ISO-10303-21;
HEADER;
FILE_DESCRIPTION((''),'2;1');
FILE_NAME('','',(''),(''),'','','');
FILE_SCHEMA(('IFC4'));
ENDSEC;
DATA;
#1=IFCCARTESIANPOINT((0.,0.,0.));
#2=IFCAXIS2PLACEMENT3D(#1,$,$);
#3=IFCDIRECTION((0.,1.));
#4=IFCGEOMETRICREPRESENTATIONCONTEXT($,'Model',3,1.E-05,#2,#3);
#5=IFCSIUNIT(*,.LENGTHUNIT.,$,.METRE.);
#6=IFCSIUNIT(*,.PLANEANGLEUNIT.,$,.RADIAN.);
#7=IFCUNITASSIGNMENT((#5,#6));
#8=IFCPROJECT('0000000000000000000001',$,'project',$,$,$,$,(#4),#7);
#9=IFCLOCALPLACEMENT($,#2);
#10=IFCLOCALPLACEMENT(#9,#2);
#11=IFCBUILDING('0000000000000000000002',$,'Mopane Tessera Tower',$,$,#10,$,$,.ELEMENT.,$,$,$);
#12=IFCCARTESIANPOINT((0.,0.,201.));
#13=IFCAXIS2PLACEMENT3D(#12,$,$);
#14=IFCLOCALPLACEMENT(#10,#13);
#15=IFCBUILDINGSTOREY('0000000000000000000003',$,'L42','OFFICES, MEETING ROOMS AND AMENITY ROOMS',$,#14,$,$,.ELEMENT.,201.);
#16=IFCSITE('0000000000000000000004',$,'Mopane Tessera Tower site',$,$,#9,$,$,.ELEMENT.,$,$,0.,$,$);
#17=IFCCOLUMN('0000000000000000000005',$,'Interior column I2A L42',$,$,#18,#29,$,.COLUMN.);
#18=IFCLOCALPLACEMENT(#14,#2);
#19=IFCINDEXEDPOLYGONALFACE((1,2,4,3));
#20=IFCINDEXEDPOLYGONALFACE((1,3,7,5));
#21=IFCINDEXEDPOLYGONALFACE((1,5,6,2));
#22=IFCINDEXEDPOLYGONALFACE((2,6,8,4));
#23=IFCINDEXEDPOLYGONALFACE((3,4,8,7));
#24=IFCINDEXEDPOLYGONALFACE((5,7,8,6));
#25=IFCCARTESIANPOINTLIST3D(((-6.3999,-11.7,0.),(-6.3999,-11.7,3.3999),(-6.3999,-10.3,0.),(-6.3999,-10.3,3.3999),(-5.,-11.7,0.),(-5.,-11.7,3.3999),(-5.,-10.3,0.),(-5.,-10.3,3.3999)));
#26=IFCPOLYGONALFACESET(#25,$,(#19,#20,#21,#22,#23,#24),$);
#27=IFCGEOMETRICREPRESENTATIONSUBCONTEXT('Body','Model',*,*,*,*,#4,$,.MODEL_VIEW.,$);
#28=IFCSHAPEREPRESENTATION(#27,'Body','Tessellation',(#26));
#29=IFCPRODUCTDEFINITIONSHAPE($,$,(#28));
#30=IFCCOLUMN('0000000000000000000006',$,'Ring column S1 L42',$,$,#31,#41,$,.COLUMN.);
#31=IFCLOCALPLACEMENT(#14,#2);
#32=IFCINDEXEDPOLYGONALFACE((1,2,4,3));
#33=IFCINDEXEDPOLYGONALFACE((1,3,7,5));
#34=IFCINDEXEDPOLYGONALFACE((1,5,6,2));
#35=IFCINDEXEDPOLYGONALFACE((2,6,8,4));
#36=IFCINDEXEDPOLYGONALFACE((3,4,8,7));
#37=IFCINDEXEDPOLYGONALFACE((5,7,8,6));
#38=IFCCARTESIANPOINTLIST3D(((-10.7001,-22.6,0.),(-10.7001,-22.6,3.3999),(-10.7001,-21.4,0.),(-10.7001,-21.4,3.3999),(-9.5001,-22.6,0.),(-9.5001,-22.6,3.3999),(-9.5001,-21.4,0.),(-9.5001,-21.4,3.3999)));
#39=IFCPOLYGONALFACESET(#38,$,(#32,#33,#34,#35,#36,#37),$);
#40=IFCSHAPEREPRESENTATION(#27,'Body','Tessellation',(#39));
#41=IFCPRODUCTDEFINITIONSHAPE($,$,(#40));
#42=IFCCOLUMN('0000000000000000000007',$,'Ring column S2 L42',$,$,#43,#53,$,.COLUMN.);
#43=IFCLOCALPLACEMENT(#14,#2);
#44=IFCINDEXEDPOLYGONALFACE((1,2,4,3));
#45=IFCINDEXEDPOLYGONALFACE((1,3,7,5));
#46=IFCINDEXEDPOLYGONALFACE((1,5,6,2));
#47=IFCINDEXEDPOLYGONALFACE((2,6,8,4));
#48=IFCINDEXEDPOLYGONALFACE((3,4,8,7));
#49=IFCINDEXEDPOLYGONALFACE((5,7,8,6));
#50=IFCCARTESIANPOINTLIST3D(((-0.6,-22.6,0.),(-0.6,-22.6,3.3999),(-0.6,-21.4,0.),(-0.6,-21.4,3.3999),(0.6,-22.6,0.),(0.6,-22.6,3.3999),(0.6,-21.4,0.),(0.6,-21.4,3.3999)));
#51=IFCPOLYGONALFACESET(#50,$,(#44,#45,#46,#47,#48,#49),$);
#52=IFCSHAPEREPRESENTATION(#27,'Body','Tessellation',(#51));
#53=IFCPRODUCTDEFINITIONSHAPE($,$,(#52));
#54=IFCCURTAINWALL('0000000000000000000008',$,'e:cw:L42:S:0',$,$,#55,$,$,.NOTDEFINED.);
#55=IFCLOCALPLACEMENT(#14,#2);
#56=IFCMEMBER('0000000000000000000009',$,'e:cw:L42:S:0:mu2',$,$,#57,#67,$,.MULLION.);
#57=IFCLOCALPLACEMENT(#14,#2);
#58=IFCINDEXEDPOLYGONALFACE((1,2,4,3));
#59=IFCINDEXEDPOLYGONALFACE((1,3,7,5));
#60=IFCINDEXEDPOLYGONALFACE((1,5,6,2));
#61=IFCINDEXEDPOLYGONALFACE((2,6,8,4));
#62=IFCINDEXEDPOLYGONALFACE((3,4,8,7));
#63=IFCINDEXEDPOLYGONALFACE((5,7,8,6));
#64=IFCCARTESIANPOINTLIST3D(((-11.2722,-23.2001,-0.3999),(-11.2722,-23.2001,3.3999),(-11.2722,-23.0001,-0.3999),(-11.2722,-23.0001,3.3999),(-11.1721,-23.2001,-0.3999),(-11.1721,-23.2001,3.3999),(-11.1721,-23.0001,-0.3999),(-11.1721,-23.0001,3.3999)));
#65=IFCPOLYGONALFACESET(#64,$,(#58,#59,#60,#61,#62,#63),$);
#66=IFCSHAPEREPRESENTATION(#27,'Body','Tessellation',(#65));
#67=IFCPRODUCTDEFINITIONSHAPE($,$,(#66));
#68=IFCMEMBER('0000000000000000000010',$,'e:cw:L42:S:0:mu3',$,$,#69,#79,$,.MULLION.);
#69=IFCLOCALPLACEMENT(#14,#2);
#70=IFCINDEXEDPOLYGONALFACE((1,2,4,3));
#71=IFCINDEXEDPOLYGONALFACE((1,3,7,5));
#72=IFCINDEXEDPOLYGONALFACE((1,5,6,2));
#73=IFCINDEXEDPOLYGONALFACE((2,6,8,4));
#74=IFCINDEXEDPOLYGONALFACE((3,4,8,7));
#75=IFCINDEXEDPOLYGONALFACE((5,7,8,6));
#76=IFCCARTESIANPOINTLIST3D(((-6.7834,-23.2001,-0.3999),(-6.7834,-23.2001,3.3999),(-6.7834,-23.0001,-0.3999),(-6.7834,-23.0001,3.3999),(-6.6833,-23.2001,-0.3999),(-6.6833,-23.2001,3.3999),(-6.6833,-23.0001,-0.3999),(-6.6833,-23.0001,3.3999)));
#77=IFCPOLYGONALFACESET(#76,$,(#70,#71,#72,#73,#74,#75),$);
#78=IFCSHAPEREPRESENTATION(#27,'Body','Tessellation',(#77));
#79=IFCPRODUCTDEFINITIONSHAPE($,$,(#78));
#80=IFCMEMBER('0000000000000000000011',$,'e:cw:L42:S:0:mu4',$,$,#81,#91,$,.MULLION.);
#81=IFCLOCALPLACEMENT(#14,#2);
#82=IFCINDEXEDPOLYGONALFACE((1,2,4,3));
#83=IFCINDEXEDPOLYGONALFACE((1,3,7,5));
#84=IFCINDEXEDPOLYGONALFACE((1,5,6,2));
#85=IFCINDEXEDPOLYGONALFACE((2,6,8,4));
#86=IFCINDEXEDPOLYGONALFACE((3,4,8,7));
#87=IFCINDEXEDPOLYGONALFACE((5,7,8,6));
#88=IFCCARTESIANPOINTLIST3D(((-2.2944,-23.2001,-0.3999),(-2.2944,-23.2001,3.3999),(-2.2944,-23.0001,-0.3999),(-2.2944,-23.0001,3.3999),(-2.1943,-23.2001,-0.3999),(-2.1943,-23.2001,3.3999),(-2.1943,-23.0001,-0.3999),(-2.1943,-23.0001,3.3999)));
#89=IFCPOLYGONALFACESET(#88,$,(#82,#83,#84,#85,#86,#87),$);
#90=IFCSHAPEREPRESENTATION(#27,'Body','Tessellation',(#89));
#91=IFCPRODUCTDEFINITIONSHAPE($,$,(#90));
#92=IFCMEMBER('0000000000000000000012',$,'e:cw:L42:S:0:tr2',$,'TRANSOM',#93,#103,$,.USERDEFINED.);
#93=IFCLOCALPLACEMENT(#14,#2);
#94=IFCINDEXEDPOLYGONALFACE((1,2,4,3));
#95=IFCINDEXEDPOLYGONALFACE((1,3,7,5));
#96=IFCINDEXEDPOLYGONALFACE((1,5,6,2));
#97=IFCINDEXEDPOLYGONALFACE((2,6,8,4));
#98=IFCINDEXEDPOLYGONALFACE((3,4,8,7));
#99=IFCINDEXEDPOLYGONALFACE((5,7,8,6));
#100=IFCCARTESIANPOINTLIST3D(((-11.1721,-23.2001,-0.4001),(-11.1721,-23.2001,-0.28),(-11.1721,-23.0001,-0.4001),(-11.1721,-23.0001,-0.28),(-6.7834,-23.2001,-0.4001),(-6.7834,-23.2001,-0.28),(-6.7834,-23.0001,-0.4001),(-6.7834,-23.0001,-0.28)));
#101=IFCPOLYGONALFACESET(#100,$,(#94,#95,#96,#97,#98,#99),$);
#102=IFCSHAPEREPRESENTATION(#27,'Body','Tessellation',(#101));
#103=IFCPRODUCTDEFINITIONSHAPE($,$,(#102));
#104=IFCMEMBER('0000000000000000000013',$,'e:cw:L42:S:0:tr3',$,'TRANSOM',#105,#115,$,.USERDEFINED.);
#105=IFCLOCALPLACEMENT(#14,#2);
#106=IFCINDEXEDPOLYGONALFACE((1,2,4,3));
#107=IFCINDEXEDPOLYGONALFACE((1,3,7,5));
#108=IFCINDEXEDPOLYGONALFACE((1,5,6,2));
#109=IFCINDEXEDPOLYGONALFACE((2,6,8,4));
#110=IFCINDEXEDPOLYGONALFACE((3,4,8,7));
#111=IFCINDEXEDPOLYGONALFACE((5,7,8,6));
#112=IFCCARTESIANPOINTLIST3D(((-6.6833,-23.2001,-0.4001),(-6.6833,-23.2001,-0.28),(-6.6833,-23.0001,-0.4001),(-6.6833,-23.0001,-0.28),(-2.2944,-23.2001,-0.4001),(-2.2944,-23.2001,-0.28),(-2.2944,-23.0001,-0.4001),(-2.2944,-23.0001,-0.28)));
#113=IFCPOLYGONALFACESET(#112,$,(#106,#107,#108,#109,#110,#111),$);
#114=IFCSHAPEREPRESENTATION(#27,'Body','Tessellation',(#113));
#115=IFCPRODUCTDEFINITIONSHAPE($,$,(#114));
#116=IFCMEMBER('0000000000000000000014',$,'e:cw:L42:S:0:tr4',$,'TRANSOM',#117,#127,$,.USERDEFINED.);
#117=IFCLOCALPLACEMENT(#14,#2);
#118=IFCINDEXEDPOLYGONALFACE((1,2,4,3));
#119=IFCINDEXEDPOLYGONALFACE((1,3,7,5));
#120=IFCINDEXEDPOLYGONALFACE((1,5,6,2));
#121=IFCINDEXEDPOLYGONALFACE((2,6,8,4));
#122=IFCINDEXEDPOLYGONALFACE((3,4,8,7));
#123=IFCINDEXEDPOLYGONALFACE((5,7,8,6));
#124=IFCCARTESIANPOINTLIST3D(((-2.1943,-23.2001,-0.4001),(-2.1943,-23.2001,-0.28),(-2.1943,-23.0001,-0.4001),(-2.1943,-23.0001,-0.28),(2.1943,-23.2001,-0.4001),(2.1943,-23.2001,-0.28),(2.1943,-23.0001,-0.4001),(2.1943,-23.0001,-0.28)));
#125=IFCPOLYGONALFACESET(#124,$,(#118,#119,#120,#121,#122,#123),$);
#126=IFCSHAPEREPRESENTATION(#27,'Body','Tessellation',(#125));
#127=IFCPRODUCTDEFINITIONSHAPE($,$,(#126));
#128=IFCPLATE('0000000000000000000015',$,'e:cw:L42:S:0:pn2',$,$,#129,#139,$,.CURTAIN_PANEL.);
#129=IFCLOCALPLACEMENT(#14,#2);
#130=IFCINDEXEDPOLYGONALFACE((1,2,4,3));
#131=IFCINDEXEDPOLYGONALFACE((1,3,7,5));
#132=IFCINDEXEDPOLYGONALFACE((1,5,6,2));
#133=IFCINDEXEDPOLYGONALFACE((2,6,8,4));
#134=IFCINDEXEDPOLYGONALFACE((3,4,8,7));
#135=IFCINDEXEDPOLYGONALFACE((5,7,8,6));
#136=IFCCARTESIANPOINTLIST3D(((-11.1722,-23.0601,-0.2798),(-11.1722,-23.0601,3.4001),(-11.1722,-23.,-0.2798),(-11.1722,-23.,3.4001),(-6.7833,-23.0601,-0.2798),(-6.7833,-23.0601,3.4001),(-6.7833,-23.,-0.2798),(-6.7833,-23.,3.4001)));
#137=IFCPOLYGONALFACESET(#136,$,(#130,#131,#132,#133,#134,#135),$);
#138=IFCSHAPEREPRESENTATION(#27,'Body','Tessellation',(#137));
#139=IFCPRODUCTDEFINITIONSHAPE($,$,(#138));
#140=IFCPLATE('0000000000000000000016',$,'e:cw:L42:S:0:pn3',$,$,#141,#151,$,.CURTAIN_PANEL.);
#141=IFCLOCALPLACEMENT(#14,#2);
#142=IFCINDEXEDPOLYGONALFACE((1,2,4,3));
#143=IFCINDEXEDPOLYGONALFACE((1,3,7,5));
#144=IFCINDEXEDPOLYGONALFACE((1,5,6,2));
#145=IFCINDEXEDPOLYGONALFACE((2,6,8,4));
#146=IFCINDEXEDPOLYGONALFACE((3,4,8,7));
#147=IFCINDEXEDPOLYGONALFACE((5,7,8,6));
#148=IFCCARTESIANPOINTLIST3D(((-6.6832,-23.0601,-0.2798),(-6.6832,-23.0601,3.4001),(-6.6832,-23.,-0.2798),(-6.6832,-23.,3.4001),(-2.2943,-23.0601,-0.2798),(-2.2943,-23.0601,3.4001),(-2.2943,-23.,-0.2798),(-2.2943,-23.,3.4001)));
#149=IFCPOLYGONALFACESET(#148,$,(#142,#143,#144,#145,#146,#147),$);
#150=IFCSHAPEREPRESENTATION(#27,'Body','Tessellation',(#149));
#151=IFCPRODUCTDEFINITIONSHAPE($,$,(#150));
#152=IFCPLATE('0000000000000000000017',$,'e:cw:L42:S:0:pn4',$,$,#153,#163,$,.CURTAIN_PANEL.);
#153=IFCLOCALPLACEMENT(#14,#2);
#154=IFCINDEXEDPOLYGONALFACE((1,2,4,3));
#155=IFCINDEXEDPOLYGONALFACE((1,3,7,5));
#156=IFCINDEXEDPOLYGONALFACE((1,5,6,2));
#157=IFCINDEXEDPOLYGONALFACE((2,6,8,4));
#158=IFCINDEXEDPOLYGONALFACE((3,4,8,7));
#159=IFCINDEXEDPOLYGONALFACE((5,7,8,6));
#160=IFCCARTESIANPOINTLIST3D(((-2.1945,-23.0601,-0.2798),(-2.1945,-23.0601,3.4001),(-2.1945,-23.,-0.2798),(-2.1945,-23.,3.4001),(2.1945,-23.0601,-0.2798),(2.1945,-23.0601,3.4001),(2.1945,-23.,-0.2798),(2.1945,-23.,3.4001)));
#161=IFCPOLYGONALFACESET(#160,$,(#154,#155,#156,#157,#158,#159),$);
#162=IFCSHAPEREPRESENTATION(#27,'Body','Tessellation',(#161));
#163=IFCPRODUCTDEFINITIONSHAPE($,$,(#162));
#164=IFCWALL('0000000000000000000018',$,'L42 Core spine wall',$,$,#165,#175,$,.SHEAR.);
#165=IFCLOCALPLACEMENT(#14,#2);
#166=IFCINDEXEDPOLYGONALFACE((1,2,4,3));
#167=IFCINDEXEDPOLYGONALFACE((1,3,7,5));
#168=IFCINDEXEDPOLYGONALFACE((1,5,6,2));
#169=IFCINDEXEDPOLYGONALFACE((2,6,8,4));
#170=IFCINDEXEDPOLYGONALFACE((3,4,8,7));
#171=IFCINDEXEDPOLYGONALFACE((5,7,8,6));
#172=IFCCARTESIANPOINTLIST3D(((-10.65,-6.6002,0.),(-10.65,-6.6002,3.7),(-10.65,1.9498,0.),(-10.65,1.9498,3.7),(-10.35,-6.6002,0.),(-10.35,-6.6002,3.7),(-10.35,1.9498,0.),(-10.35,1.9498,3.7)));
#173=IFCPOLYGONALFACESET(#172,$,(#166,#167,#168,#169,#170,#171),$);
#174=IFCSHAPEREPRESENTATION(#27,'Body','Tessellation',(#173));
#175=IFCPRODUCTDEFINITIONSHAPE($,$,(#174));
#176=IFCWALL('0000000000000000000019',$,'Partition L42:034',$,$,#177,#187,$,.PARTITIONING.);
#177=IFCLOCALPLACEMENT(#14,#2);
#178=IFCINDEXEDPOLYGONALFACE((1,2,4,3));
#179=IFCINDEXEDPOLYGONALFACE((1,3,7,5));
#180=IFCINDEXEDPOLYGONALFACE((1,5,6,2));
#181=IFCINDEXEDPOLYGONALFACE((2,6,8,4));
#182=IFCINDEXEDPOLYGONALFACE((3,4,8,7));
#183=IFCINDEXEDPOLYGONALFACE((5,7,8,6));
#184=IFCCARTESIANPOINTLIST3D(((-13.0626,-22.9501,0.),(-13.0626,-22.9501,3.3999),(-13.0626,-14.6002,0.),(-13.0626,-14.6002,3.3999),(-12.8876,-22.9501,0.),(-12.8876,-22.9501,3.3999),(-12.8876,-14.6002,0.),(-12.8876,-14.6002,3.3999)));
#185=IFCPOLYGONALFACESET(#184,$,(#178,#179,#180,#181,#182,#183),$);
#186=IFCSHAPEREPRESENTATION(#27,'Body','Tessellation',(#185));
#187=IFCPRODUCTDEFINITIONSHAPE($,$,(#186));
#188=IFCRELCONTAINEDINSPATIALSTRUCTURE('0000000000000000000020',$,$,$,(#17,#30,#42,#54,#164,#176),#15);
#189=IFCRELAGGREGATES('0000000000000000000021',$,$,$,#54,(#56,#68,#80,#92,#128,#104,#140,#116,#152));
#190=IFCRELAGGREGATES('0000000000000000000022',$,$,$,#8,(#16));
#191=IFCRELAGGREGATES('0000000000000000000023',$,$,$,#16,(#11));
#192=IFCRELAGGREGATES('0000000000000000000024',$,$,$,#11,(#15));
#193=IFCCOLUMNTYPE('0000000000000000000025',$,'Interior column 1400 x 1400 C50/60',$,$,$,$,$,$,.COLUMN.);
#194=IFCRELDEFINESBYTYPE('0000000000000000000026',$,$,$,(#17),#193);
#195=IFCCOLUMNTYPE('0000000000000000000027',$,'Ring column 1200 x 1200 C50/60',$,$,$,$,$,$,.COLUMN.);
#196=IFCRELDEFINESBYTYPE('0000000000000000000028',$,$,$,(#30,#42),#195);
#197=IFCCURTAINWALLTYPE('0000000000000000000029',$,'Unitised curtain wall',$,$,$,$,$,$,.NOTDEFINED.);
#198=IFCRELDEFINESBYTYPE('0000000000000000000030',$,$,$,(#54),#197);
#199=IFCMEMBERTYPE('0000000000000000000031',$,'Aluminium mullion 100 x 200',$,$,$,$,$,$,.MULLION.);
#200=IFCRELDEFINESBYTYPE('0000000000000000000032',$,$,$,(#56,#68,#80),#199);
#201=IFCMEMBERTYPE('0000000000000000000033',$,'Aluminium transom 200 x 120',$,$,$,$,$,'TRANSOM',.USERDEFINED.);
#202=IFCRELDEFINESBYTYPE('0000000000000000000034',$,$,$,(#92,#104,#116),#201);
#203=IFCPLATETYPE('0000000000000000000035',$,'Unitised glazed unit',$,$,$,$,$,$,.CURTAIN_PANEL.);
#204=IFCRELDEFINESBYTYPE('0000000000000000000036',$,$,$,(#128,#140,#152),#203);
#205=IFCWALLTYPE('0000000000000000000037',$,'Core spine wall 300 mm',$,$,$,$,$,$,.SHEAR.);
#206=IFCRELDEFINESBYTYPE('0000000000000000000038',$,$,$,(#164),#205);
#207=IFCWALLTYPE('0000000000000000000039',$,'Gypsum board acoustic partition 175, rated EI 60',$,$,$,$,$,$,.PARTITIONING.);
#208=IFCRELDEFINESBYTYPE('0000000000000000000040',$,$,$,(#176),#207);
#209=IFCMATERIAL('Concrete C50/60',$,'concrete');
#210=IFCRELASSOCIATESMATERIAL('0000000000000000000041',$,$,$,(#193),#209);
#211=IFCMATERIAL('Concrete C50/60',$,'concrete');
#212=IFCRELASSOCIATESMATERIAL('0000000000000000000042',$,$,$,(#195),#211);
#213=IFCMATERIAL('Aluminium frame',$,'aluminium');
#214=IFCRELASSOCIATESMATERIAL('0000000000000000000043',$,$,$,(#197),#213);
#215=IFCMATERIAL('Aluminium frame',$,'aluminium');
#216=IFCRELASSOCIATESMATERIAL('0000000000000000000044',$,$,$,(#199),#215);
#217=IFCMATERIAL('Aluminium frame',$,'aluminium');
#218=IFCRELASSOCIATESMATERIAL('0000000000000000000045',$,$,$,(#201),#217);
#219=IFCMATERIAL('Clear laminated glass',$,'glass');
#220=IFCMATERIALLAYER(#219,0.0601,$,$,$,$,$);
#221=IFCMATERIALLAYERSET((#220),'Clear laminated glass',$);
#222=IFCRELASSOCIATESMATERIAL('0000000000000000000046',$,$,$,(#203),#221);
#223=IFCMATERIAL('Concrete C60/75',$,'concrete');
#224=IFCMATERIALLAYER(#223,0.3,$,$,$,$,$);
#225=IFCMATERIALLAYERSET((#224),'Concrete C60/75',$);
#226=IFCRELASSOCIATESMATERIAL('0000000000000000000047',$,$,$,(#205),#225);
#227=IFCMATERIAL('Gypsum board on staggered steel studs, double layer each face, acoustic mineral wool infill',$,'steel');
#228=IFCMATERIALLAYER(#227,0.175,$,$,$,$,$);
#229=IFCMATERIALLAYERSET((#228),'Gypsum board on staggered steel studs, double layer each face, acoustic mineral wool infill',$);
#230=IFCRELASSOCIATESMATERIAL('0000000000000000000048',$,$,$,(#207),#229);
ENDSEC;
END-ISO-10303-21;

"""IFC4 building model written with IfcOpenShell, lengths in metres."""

from ifc_helpers import new_model, si_unit, direction, frame, frame_2d, origin, origin_2d, place, context, subcontext, project, spatial, rectangle, extrude, material, layer, layer_set, material_profile, profile_set, type_object, element, aggregate, save


model = new_model("IFC4")

# Units and contexts
model_context = context("Model", 3, precision=1e-05, world=origin(), true_north=direction((0.0, 1.0)))
body_context = subcontext(model_context, "Body", "Model", "MODEL_VIEW")
ifc_project = project(units=[si_unit("LENGTHUNIT", "METRE"), si_unit("PLANEANGLEUNIT", "RADIAN")], contexts=[model_context])

# Site, building, storey
site_placement = place(None, origin())
site = spatial("IfcSite", under=ifc_project, at=site_placement, Name="Mopane Tessera Tower site", CompositionType="ELEMENT", RefElevation=0.0)
building_placement = place(site_placement, origin())
building = spatial("IfcBuilding", under=site, at=building_placement, Name="Mopane Tessera Tower", CompositionType="ELEMENT")
storey_placement = place(building_placement, frame((0.0, 0.0, 201.0)))
storey = spatial("IfcBuildingStorey", under=building, at=storey_placement, Name="L42", Description="OFFICES, MEETING ROOMS AND AMENITY ROOMS", CompositionType="ELEMENT", Elevation=201.0)

# Columns
ifc_material_1 = material(Name="Concrete C50/60", Category="concrete")
ifc_material_profile_1 = material_profile(ifc_material_1, rectangle(XDim=1.3999, YDim=1.3999, at=origin_2d()))
ifc_profile_set_1 = profile_set([ifc_material_profile_1], Name="Concrete C50/60")
column_type_1 = type_object("IfcColumnType", Name="Interior column 1400 x 1400 C50/60", PredefinedType="COLUMN", material=ifc_profile_set_1)
column_placement = place(storey_placement, frame((-5.7, -11.0, 0.0), z_axis=(0.0, 0.0, 1.0), x_axis=(1.0, 0.0, 0.0)))
element("IfcColumn", 1, at=column_placement, inside=storey, type_object=column_type_1, Name="Interior column I2A L42", PredefinedType="COLUMN", context=body_context, shape_type="SweptSolid", body=[
    extrude(rectangle(XDim=1.3999, YDim=1.3999, at=origin_2d()), origin(), (0.0, 0.0, 1.0), 3.3999),
])
ifc_material_2 = material(Name="Concrete C50/60", Category="concrete")
ifc_material_profile_2 = material_profile(ifc_material_2, rectangle(XDim=1.2, YDim=1.2, at=origin_2d()))
ifc_profile_set_2 = profile_set([ifc_material_profile_2], Name="Concrete C50/60")
column_type_2 = type_object("IfcColumnType", Name="Ring column 1200 x 1200 C50/60", PredefinedType="COLUMN", material=ifc_profile_set_2)
for number, where, z_axis, x_axis, name in (
    (2, (-10.1001, -22.0, 0.0), (0.0, 0.0, 1.0), (1.0, 0.0, 0.0), "Ring column S1 L42"),
    (3, (0.0, -22.0, 0.0), (0.0, 0.0, 1.0), (1.0, 0.0, 0.0), "Ring column S2 L42"),
):
    element("IfcColumn", number, at=place(storey_placement, frame(where, z_axis=z_axis, x_axis=x_axis)), inside=storey, type_object=column_type_2, Name=name, PredefinedType="COLUMN", context=body_context, shape_type="SweptSolid", body=[
        extrude(rectangle(XDim=1.2, YDim=1.2, at=origin_2d()), origin(), (0.0, 0.0, 1.0), 3.3999),
    ])

# Curtain wall, members, plates
ifc_material_3 = material(Name="Aluminium frame", Category="aluminium")
curtain_wall_type = type_object("IfcCurtainWallType", Name="Unitised curtain wall", PredefinedType="NOTDEFINED", material=ifc_material_3)
curtain_wall_placement = place(storey_placement, origin())
curtain_wall = element("IfcCurtainWall", 4, at=curtain_wall_placement, inside=storey, type_object=curtain_wall_type, Name="e:cw:L42:S:0", PredefinedType="NOTDEFINED")
ifc_material_4 = material(Name="Aluminium frame", Category="aluminium")
ifc_material_profile_3 = material_profile(ifc_material_4, rectangle(XDim=0.1001, YDim=0.2, at=origin_2d()))
ifc_profile_set_3 = profile_set([ifc_material_profile_3], Name="Aluminium frame")
member_type_1 = type_object("IfcMemberType", Name="Aluminium mullion 100 x 200", PredefinedType="MULLION", material=ifc_profile_set_3)
member_1_placement = place(storey_placement, frame((-11.2222, -23.1001, -0.3999), z_axis=(0.0, 0.0, 1.0), x_axis=(1.0, 0.0, 0.0)))
member_1 = element("IfcMember", 5, at=member_1_placement, type_object=member_type_1, Name="e:cw:L42:S:0:mu2", PredefinedType="MULLION", context=body_context, shape_type="SweptSolid", body=[
    extrude(rectangle(XDim=0.1001, YDim=0.2, at=origin_2d()), origin(), (0.0, 0.0, 1.0), 3.7998),
])
member_2_placement = place(storey_placement, frame((-6.7334, -23.1001, -0.3999), z_axis=(0.0, 0.0, 1.0), x_axis=(1.0, 0.0, 0.0)))
member_2 = element("IfcMember", 6, at=member_2_placement, type_object=member_type_1, Name="e:cw:L42:S:0:mu3", PredefinedType="MULLION", context=body_context, shape_type="SweptSolid", body=[
    extrude(rectangle(XDim=0.1001, YDim=0.2, at=origin_2d()), origin(), (0.0, 0.0, 1.0), 3.7998),
])
member_3_placement = place(storey_placement, frame((-2.2444, -23.1001, -0.3999), z_axis=(0.0, 0.0, 1.0), x_axis=(1.0, 0.0, 0.0)))
member_3 = element("IfcMember", 7, at=member_3_placement, type_object=member_type_1, Name="e:cw:L42:S:0:mu4", PredefinedType="MULLION", context=body_context, shape_type="SweptSolid", body=[
    extrude(rectangle(XDim=0.1001, YDim=0.2, at=origin_2d()), origin(), (0.0, 0.0, 1.0), 3.7998),
])
ifc_material_5 = material(Name="Aluminium frame", Category="aluminium")
ifc_material_profile_4 = material_profile(ifc_material_5, rectangle(XDim=0.2, YDim=0.1201, at=origin_2d()))
ifc_profile_set_4 = profile_set([ifc_material_profile_4], Name="Aluminium frame")
member_type_2 = type_object("IfcMemberType", Name="Aluminium transom 200 x 120", ElementType="TRANSOM", PredefinedType="USERDEFINED", material=ifc_profile_set_4)
member_4_placement = place(storey_placement, frame((-11.1721, -23.1001, -0.3401), z_axis=(1.0, 0.0, 0.0), x_axis=(0.0, 1.0, 0.0)))
member_4 = element("IfcMember", 8, at=member_4_placement, type_object=member_type_2, Name="e:cw:L42:S:0:tr2", ObjectType="TRANSOM", PredefinedType="USERDEFINED", context=body_context, shape_type="SweptSolid", body=[
    extrude(rectangle(XDim=0.2, YDim=0.1201, at=origin_2d()), origin(), (0.0, 0.0, 1.0), 4.3887),
])
member_5_placement = place(storey_placement, frame((-6.6833, -23.1001, -0.3401), z_axis=(1.0, 0.0, 0.0), x_axis=(0.0, 1.0, 0.0)))
member_5 = element("IfcMember", 9, at=member_5_placement, type_object=member_type_2, Name="e:cw:L42:S:0:tr3", ObjectType="TRANSOM", PredefinedType="USERDEFINED", context=body_context, shape_type="SweptSolid", body=[
    extrude(rectangle(XDim=0.2, YDim=0.1201, at=origin_2d()), origin(), (0.0, 0.0, 1.0), 4.3889),
])
member_6_placement = place(storey_placement, frame((-2.1943, -23.1001, -0.3401), z_axis=(1.0, 0.0, 0.0), x_axis=(0.0, 1.0, 0.0)))
member_6 = element("IfcMember", 10, at=member_6_placement, type_object=member_type_2, Name="e:cw:L42:S:0:tr4", ObjectType="TRANSOM", PredefinedType="USERDEFINED", context=body_context, shape_type="SweptSolid", body=[
    extrude(rectangle(XDim=0.2, YDim=0.1201, at=origin_2d()), origin(), (0.0, 0.0, 1.0), 4.3887),
])
ifc_material_6 = material(Name="Clear laminated glass", Category="glass")
ifc_layer_1 = layer(ifc_material_6, 0.0601)
ifc_layer_set_1 = layer_set([ifc_layer_1], Name="Clear laminated glass")
plate_type = type_object("IfcPlateType", Name="Unitised glazed unit", PredefinedType="CURTAIN_PANEL", material=ifc_layer_set_1)
plate_1_placement = place(storey_placement, frame((-8.9778, -23.03, -0.2798), z_axis=(0.0, 0.0, 1.0), x_axis=(1.0, 0.0, 0.0)))
plate_1 = element("IfcPlate", 11, at=plate_1_placement, type_object=plate_type, Name="e:cw:L42:S:0:pn2", PredefinedType="CURTAIN_PANEL", context=body_context, shape_type="SweptSolid", body=[
    extrude(rectangle(XDim=4.3889, YDim=0.0601, at=origin_2d()), origin(), (0.0, 0.0, 1.0), 3.6799),
])
plate_2_placement = place(storey_placement, frame((-4.4888, -23.03, -0.2798), z_axis=(0.0, 0.0, 1.0), x_axis=(1.0, 0.0, 0.0)))
plate_2 = element("IfcPlate", 12, at=plate_2_placement, type_object=plate_type, Name="e:cw:L42:S:0:pn3", PredefinedType="CURTAIN_PANEL", context=body_context, shape_type="SweptSolid", body=[
    extrude(rectangle(XDim=4.3889, YDim=0.0601, at=origin_2d()), origin(), (0.0, 0.0, 1.0), 3.6799),
])
plate_3_placement = place(storey_placement, frame((0.0, -23.03, -0.2798), z_axis=(0.0, 0.0, 1.0), x_axis=(1.0, 0.0, 0.0)))
plate_3 = element("IfcPlate", 13, at=plate_3_placement, type_object=plate_type, Name="e:cw:L42:S:0:pn4", PredefinedType="CURTAIN_PANEL", context=body_context, shape_type="SweptSolid", body=[
    extrude(rectangle(XDim=4.3889, YDim=0.0601, at=origin_2d()), origin(), (0.0, 0.0, 1.0), 3.6799),
])
aggregate(curtain_wall, [member_1, member_2, member_3, member_4, plate_1, member_5, plate_2, member_6, plate_3])

# Walls
ifc_material_7 = material(Name="Concrete C60/75", Category="concrete")
ifc_layer_2 = layer(ifc_material_7, 0.3)
ifc_layer_set_2 = layer_set([ifc_layer_2], Name="Concrete C60/75")
wall_type_1 = type_object("IfcWallType", Name="Core spine wall 300 mm", PredefinedType="SHEAR", material=ifc_layer_set_2)
wall_1_placement = place(storey_placement, frame((-10.5, -6.6001, 0.0), z_axis=(0.0, 0.0, 1.0), x_axis=(0.0, 1.0, 0.0)))
element("IfcWall", 14, at=wall_1_placement, inside=storey, type_object=wall_type_1, Name="L42 Core spine wall", PredefinedType="SHEAR", context=body_context, shape_type="SweptSolid", body=[
    extrude(rectangle(XDim=8.55, YDim=0.3, at=frame_2d((4.2749, 0.0))), origin(), (0.0, 0.0, 1.0), 3.7),
])
ifc_material_8 = material(Name="Gypsum board on staggered steel studs, double layer each face, acoustic mineral wool infill", Category="steel")
ifc_layer_3 = layer(ifc_material_8, 0.175)
ifc_layer_set_3 = layer_set([ifc_layer_3], Name="Gypsum board on staggered steel studs, double layer each face, acoustic mineral wool infill")
wall_type_2 = type_object("IfcWallType", Name="Gypsum board acoustic partition 175, rated EI 60", PredefinedType="PARTITIONING", material=ifc_layer_set_3)
wall_2_placement = place(storey_placement, frame((-12.9751, -22.95, 0.0), z_axis=(0.0, 0.0, 1.0), x_axis=(0.0, 1.0, 0.0)))
element("IfcWall", 15, at=wall_2_placement, inside=storey, type_object=wall_type_2, Name="Partition L42:034", PredefinedType="PARTITIONING", context=body_context, shape_type="SweptSolid", body=[
    extrude(rectangle(XDim=8.3499, YDim=0.175, at=frame_2d((4.1748, 0.0))), origin(), (0.0, 0.0, 1.0), 3.3999),
])

save(model, "model.ifc")
